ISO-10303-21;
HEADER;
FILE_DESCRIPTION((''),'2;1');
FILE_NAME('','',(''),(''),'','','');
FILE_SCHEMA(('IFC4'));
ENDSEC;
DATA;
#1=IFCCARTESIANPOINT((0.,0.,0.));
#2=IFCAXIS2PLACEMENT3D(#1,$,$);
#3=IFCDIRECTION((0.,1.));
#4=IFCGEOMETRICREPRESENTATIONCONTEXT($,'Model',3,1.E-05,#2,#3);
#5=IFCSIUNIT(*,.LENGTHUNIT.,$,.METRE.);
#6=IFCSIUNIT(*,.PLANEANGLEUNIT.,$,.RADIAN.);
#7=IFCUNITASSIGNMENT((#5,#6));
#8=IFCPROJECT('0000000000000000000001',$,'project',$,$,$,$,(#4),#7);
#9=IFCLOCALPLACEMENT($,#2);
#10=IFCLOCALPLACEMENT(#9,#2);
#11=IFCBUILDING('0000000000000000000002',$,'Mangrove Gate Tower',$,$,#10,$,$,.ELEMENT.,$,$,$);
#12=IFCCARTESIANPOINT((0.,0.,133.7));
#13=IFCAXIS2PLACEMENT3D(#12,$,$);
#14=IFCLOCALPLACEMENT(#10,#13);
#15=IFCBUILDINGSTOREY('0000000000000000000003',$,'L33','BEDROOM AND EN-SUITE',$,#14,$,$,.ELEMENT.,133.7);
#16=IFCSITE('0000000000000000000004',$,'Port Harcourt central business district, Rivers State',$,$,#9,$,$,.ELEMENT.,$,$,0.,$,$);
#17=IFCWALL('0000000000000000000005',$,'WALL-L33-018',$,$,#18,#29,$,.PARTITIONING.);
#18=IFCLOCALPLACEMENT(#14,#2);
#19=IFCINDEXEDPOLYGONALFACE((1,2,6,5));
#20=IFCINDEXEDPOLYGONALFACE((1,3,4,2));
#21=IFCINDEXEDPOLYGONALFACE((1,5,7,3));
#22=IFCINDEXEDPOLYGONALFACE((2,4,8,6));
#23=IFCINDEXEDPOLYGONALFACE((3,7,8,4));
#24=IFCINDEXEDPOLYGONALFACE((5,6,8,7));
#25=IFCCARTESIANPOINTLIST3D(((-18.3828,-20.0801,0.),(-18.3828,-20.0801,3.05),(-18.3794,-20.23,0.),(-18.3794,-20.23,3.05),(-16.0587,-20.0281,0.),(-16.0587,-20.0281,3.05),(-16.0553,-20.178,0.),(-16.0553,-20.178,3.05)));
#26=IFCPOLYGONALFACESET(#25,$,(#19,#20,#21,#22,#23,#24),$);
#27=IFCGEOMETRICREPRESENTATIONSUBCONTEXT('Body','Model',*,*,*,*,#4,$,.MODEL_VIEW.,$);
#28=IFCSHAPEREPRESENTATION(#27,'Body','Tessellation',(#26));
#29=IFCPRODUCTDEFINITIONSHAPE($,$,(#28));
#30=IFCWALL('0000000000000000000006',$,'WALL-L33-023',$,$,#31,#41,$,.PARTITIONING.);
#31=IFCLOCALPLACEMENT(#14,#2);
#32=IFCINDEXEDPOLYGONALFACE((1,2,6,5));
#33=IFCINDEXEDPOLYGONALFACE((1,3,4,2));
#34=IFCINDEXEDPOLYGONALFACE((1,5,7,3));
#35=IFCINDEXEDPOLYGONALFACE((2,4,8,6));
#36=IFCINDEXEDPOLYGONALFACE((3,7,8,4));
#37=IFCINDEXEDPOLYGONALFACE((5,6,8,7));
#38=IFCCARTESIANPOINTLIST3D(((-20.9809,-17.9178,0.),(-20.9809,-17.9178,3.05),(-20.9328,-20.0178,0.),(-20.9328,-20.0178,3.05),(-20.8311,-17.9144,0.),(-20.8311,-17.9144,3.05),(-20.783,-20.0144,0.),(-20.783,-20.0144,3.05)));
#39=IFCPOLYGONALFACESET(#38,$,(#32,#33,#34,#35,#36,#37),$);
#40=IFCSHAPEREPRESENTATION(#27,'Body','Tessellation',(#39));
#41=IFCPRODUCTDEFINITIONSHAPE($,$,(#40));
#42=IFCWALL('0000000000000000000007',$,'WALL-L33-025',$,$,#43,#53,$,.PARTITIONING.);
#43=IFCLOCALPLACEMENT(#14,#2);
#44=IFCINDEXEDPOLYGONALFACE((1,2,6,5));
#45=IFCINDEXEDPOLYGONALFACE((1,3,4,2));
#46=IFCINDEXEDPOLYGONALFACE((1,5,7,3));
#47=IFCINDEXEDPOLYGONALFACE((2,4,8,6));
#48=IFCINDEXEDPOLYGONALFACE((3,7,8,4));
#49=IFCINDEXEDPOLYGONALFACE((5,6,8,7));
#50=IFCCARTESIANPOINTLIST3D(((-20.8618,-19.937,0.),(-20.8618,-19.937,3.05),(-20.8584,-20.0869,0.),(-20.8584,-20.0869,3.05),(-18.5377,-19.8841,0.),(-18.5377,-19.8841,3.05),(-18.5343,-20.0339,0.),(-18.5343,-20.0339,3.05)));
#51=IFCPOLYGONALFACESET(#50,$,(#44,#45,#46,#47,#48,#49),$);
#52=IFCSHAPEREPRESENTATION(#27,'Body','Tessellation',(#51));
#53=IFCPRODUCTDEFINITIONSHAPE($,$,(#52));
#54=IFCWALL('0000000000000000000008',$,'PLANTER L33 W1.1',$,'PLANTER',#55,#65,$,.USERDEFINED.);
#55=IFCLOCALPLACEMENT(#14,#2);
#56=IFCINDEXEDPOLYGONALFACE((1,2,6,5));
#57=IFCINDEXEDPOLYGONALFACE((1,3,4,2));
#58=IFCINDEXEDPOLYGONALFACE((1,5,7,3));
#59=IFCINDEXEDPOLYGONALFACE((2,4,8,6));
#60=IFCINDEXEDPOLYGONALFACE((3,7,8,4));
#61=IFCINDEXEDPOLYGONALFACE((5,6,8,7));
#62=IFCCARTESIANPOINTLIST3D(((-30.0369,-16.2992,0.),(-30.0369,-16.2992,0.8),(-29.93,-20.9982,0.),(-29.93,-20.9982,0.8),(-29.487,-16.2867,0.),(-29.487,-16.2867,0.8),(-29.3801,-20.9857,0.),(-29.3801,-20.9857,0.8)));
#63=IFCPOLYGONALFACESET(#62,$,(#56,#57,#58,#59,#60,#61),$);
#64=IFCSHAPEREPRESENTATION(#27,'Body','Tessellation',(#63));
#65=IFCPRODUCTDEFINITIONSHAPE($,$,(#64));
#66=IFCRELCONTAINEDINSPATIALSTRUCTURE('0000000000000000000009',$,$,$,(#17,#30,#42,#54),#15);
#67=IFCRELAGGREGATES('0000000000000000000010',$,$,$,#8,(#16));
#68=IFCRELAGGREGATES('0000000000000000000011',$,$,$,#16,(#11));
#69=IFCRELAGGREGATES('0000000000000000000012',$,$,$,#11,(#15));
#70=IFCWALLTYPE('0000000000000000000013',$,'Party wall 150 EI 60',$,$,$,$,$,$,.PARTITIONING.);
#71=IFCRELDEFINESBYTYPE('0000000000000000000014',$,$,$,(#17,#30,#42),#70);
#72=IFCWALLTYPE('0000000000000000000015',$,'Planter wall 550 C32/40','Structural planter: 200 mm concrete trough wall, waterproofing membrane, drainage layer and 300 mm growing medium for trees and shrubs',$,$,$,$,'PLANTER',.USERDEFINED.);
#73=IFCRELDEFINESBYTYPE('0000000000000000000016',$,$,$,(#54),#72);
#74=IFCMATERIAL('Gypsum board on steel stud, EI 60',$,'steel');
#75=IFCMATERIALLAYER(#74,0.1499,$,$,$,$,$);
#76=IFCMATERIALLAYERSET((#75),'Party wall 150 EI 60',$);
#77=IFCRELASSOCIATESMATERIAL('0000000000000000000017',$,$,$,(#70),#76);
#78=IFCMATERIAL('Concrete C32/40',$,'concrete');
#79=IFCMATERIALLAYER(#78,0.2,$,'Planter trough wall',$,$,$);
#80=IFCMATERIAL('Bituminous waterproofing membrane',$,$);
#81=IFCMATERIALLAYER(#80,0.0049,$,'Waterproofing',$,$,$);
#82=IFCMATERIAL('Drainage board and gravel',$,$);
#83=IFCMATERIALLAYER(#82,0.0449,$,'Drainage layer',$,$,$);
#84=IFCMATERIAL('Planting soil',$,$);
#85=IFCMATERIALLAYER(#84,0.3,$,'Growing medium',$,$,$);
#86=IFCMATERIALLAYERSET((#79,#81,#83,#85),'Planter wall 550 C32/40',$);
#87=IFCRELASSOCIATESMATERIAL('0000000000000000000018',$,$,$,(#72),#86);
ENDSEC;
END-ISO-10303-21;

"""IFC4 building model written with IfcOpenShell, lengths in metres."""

from ifc_helpers import new_model, si_unit, direction, frame, frame_2d, origin, place, context, subcontext, project, spatial, rectangle, extrude, material, layer, layer_set, type_object, element, save


model = new_model("IFC4")

# Units and contexts
model_context = context("Model", 3, precision=1e-05, world=origin(), true_north=direction((0.0, 1.0)))
body_context = subcontext(model_context, "Body", "Model", "MODEL_VIEW")
ifc_project = project(units=[si_unit("LENGTHUNIT", "METRE"), si_unit("PLANEANGLEUNIT", "RADIAN")], contexts=[model_context])

# Site, building, storey
site_placement = place(None, origin())
site = spatial("IfcSite", under=ifc_project, at=site_placement, Name="Port Harcourt central business district, Rivers State", CompositionType="ELEMENT", RefElevation=0.0)
building_placement = place(site_placement, origin())
building = spatial("IfcBuilding", under=site, at=building_placement, Name="Mangrove Gate Tower", CompositionType="ELEMENT")
storey_placement = place(building_placement, frame((0.0, 0.0, 133.7)))
storey = spatial("IfcBuildingStorey", under=building, at=storey_placement, Name="L33", Description="BEDROOM AND EN-SUITE", CompositionType="ELEMENT", Elevation=133.7)

# Walls
ifc_material_1 = material(Name="Gypsum board on steel stud, EI 60", Category="steel")
ifc_layer_1 = layer(ifc_material_1, 0.1499)
ifc_layer_set_1 = layer_set([ifc_layer_1], Name="Party wall 150 EI 60")
wall_type_1 = type_object("IfcWallType", Name="Party wall 150 EI 60", PredefinedType="PARTITIONING", material=ifc_layer_set_1)
wall_1_placement = place(storey_placement, frame((-18.3811, -20.155, 0.0), z_axis=(0.0, 0.0, 1.0), x_axis=(0.99975, 0.022368, 0.0)))
element("IfcWall", 1, at=wall_1_placement, inside=storey, type_object=wall_type_1, Name="WALL-L33-018", PredefinedType="PARTITIONING", context=body_context, shape_type="SweptSolid", body=[
    extrude(rectangle(XDim=2.3247, YDim=0.1499, at=frame_2d((1.1624, 0.0))), origin(), (0.0, 0.0, 1.0), 3.05),
])
wall_2_placement = place(storey_placement, frame((-20.8579, -20.0161, 0.0), z_axis=(0.0, 0.0, 1.0), x_axis=(-0.022896, 0.999738, 0.0)))
element("IfcWall", 2, at=wall_2_placement, inside=storey, type_object=wall_type_1, Name="WALL-L33-023", PredefinedType="PARTITIONING", context=body_context, shape_type="SweptSolid", body=[
    extrude(rectangle(XDim=2.1006, YDim=0.1499, at=frame_2d((1.0503, 0.0))), origin(), (0.0, 0.0, 1.0), 3.05),
])
wall_3_placement = place(storey_placement, frame((-20.8601, -20.012, 0.0), z_axis=(0.0, 0.0, 1.0), x_axis=(0.99974, 0.022788, 0.0)))
element("IfcWall", 3, at=wall_3_placement, inside=storey, type_object=wall_type_1, Name="WALL-L33-025", PredefinedType="PARTITIONING", context=body_context, shape_type="SweptSolid", body=[
    extrude(rectangle(XDim=2.3247, YDim=0.1499, at=frame_2d((1.1624, 0.0))), origin(), (0.0, 0.0, 1.0), 3.05),
])
ifc_material_2 = material(Name="Concrete C32/40", Category="concrete")
ifc_layer_2 = layer(ifc_material_2, 0.2, Name="Planter trough wall")
ifc_material_3 = material(Name="Bituminous waterproofing membrane")
ifc_layer_3 = layer(ifc_material_3, 0.0049, Name="Waterproofing")
ifc_material_4 = material(Name="Drainage board and gravel")
ifc_layer_4 = layer(ifc_material_4, 0.0449, Name="Drainage layer")
ifc_material_5 = material(Name="Planting soil")
ifc_layer_5 = layer(ifc_material_5, 0.3, Name="Growing medium")
ifc_layer_set_2 = layer_set([ifc_layer_2, ifc_layer_3, ifc_layer_4, ifc_layer_5], Name="Planter wall 550 C32/40")
wall_type_2 = type_object("IfcWallType", Name="Planter wall 550 C32/40", Description="Structural planter: 200 mm concrete trough wall, waterproofing membrane, drainage layer and 300 mm growing medium for trees and shrubs", ElementType="PLANTER", PredefinedType="USERDEFINED", material=ifc_layer_set_2)
wall_4_placement = place(storey_placement, frame((-29.655, -20.9919, 0.0), z_axis=(0.0, 0.0, 1.0), x_axis=(-0.022751, 0.999741, 0.0)))
element("IfcWall", 4, at=wall_4_placement, inside=storey, type_object=wall_type_2, Name="PLANTER L33 W1.1", ObjectType="PLANTER", PredefinedType="USERDEFINED", context=body_context, shape_type="SweptSolid", body=[
    extrude(rectangle(XDim=4.7002, YDim=0.55, at=frame_2d((2.3501, 0.0))), origin(), (0.0, 0.0, 1.0), 0.8),
])

save(model, "model.ifc")
